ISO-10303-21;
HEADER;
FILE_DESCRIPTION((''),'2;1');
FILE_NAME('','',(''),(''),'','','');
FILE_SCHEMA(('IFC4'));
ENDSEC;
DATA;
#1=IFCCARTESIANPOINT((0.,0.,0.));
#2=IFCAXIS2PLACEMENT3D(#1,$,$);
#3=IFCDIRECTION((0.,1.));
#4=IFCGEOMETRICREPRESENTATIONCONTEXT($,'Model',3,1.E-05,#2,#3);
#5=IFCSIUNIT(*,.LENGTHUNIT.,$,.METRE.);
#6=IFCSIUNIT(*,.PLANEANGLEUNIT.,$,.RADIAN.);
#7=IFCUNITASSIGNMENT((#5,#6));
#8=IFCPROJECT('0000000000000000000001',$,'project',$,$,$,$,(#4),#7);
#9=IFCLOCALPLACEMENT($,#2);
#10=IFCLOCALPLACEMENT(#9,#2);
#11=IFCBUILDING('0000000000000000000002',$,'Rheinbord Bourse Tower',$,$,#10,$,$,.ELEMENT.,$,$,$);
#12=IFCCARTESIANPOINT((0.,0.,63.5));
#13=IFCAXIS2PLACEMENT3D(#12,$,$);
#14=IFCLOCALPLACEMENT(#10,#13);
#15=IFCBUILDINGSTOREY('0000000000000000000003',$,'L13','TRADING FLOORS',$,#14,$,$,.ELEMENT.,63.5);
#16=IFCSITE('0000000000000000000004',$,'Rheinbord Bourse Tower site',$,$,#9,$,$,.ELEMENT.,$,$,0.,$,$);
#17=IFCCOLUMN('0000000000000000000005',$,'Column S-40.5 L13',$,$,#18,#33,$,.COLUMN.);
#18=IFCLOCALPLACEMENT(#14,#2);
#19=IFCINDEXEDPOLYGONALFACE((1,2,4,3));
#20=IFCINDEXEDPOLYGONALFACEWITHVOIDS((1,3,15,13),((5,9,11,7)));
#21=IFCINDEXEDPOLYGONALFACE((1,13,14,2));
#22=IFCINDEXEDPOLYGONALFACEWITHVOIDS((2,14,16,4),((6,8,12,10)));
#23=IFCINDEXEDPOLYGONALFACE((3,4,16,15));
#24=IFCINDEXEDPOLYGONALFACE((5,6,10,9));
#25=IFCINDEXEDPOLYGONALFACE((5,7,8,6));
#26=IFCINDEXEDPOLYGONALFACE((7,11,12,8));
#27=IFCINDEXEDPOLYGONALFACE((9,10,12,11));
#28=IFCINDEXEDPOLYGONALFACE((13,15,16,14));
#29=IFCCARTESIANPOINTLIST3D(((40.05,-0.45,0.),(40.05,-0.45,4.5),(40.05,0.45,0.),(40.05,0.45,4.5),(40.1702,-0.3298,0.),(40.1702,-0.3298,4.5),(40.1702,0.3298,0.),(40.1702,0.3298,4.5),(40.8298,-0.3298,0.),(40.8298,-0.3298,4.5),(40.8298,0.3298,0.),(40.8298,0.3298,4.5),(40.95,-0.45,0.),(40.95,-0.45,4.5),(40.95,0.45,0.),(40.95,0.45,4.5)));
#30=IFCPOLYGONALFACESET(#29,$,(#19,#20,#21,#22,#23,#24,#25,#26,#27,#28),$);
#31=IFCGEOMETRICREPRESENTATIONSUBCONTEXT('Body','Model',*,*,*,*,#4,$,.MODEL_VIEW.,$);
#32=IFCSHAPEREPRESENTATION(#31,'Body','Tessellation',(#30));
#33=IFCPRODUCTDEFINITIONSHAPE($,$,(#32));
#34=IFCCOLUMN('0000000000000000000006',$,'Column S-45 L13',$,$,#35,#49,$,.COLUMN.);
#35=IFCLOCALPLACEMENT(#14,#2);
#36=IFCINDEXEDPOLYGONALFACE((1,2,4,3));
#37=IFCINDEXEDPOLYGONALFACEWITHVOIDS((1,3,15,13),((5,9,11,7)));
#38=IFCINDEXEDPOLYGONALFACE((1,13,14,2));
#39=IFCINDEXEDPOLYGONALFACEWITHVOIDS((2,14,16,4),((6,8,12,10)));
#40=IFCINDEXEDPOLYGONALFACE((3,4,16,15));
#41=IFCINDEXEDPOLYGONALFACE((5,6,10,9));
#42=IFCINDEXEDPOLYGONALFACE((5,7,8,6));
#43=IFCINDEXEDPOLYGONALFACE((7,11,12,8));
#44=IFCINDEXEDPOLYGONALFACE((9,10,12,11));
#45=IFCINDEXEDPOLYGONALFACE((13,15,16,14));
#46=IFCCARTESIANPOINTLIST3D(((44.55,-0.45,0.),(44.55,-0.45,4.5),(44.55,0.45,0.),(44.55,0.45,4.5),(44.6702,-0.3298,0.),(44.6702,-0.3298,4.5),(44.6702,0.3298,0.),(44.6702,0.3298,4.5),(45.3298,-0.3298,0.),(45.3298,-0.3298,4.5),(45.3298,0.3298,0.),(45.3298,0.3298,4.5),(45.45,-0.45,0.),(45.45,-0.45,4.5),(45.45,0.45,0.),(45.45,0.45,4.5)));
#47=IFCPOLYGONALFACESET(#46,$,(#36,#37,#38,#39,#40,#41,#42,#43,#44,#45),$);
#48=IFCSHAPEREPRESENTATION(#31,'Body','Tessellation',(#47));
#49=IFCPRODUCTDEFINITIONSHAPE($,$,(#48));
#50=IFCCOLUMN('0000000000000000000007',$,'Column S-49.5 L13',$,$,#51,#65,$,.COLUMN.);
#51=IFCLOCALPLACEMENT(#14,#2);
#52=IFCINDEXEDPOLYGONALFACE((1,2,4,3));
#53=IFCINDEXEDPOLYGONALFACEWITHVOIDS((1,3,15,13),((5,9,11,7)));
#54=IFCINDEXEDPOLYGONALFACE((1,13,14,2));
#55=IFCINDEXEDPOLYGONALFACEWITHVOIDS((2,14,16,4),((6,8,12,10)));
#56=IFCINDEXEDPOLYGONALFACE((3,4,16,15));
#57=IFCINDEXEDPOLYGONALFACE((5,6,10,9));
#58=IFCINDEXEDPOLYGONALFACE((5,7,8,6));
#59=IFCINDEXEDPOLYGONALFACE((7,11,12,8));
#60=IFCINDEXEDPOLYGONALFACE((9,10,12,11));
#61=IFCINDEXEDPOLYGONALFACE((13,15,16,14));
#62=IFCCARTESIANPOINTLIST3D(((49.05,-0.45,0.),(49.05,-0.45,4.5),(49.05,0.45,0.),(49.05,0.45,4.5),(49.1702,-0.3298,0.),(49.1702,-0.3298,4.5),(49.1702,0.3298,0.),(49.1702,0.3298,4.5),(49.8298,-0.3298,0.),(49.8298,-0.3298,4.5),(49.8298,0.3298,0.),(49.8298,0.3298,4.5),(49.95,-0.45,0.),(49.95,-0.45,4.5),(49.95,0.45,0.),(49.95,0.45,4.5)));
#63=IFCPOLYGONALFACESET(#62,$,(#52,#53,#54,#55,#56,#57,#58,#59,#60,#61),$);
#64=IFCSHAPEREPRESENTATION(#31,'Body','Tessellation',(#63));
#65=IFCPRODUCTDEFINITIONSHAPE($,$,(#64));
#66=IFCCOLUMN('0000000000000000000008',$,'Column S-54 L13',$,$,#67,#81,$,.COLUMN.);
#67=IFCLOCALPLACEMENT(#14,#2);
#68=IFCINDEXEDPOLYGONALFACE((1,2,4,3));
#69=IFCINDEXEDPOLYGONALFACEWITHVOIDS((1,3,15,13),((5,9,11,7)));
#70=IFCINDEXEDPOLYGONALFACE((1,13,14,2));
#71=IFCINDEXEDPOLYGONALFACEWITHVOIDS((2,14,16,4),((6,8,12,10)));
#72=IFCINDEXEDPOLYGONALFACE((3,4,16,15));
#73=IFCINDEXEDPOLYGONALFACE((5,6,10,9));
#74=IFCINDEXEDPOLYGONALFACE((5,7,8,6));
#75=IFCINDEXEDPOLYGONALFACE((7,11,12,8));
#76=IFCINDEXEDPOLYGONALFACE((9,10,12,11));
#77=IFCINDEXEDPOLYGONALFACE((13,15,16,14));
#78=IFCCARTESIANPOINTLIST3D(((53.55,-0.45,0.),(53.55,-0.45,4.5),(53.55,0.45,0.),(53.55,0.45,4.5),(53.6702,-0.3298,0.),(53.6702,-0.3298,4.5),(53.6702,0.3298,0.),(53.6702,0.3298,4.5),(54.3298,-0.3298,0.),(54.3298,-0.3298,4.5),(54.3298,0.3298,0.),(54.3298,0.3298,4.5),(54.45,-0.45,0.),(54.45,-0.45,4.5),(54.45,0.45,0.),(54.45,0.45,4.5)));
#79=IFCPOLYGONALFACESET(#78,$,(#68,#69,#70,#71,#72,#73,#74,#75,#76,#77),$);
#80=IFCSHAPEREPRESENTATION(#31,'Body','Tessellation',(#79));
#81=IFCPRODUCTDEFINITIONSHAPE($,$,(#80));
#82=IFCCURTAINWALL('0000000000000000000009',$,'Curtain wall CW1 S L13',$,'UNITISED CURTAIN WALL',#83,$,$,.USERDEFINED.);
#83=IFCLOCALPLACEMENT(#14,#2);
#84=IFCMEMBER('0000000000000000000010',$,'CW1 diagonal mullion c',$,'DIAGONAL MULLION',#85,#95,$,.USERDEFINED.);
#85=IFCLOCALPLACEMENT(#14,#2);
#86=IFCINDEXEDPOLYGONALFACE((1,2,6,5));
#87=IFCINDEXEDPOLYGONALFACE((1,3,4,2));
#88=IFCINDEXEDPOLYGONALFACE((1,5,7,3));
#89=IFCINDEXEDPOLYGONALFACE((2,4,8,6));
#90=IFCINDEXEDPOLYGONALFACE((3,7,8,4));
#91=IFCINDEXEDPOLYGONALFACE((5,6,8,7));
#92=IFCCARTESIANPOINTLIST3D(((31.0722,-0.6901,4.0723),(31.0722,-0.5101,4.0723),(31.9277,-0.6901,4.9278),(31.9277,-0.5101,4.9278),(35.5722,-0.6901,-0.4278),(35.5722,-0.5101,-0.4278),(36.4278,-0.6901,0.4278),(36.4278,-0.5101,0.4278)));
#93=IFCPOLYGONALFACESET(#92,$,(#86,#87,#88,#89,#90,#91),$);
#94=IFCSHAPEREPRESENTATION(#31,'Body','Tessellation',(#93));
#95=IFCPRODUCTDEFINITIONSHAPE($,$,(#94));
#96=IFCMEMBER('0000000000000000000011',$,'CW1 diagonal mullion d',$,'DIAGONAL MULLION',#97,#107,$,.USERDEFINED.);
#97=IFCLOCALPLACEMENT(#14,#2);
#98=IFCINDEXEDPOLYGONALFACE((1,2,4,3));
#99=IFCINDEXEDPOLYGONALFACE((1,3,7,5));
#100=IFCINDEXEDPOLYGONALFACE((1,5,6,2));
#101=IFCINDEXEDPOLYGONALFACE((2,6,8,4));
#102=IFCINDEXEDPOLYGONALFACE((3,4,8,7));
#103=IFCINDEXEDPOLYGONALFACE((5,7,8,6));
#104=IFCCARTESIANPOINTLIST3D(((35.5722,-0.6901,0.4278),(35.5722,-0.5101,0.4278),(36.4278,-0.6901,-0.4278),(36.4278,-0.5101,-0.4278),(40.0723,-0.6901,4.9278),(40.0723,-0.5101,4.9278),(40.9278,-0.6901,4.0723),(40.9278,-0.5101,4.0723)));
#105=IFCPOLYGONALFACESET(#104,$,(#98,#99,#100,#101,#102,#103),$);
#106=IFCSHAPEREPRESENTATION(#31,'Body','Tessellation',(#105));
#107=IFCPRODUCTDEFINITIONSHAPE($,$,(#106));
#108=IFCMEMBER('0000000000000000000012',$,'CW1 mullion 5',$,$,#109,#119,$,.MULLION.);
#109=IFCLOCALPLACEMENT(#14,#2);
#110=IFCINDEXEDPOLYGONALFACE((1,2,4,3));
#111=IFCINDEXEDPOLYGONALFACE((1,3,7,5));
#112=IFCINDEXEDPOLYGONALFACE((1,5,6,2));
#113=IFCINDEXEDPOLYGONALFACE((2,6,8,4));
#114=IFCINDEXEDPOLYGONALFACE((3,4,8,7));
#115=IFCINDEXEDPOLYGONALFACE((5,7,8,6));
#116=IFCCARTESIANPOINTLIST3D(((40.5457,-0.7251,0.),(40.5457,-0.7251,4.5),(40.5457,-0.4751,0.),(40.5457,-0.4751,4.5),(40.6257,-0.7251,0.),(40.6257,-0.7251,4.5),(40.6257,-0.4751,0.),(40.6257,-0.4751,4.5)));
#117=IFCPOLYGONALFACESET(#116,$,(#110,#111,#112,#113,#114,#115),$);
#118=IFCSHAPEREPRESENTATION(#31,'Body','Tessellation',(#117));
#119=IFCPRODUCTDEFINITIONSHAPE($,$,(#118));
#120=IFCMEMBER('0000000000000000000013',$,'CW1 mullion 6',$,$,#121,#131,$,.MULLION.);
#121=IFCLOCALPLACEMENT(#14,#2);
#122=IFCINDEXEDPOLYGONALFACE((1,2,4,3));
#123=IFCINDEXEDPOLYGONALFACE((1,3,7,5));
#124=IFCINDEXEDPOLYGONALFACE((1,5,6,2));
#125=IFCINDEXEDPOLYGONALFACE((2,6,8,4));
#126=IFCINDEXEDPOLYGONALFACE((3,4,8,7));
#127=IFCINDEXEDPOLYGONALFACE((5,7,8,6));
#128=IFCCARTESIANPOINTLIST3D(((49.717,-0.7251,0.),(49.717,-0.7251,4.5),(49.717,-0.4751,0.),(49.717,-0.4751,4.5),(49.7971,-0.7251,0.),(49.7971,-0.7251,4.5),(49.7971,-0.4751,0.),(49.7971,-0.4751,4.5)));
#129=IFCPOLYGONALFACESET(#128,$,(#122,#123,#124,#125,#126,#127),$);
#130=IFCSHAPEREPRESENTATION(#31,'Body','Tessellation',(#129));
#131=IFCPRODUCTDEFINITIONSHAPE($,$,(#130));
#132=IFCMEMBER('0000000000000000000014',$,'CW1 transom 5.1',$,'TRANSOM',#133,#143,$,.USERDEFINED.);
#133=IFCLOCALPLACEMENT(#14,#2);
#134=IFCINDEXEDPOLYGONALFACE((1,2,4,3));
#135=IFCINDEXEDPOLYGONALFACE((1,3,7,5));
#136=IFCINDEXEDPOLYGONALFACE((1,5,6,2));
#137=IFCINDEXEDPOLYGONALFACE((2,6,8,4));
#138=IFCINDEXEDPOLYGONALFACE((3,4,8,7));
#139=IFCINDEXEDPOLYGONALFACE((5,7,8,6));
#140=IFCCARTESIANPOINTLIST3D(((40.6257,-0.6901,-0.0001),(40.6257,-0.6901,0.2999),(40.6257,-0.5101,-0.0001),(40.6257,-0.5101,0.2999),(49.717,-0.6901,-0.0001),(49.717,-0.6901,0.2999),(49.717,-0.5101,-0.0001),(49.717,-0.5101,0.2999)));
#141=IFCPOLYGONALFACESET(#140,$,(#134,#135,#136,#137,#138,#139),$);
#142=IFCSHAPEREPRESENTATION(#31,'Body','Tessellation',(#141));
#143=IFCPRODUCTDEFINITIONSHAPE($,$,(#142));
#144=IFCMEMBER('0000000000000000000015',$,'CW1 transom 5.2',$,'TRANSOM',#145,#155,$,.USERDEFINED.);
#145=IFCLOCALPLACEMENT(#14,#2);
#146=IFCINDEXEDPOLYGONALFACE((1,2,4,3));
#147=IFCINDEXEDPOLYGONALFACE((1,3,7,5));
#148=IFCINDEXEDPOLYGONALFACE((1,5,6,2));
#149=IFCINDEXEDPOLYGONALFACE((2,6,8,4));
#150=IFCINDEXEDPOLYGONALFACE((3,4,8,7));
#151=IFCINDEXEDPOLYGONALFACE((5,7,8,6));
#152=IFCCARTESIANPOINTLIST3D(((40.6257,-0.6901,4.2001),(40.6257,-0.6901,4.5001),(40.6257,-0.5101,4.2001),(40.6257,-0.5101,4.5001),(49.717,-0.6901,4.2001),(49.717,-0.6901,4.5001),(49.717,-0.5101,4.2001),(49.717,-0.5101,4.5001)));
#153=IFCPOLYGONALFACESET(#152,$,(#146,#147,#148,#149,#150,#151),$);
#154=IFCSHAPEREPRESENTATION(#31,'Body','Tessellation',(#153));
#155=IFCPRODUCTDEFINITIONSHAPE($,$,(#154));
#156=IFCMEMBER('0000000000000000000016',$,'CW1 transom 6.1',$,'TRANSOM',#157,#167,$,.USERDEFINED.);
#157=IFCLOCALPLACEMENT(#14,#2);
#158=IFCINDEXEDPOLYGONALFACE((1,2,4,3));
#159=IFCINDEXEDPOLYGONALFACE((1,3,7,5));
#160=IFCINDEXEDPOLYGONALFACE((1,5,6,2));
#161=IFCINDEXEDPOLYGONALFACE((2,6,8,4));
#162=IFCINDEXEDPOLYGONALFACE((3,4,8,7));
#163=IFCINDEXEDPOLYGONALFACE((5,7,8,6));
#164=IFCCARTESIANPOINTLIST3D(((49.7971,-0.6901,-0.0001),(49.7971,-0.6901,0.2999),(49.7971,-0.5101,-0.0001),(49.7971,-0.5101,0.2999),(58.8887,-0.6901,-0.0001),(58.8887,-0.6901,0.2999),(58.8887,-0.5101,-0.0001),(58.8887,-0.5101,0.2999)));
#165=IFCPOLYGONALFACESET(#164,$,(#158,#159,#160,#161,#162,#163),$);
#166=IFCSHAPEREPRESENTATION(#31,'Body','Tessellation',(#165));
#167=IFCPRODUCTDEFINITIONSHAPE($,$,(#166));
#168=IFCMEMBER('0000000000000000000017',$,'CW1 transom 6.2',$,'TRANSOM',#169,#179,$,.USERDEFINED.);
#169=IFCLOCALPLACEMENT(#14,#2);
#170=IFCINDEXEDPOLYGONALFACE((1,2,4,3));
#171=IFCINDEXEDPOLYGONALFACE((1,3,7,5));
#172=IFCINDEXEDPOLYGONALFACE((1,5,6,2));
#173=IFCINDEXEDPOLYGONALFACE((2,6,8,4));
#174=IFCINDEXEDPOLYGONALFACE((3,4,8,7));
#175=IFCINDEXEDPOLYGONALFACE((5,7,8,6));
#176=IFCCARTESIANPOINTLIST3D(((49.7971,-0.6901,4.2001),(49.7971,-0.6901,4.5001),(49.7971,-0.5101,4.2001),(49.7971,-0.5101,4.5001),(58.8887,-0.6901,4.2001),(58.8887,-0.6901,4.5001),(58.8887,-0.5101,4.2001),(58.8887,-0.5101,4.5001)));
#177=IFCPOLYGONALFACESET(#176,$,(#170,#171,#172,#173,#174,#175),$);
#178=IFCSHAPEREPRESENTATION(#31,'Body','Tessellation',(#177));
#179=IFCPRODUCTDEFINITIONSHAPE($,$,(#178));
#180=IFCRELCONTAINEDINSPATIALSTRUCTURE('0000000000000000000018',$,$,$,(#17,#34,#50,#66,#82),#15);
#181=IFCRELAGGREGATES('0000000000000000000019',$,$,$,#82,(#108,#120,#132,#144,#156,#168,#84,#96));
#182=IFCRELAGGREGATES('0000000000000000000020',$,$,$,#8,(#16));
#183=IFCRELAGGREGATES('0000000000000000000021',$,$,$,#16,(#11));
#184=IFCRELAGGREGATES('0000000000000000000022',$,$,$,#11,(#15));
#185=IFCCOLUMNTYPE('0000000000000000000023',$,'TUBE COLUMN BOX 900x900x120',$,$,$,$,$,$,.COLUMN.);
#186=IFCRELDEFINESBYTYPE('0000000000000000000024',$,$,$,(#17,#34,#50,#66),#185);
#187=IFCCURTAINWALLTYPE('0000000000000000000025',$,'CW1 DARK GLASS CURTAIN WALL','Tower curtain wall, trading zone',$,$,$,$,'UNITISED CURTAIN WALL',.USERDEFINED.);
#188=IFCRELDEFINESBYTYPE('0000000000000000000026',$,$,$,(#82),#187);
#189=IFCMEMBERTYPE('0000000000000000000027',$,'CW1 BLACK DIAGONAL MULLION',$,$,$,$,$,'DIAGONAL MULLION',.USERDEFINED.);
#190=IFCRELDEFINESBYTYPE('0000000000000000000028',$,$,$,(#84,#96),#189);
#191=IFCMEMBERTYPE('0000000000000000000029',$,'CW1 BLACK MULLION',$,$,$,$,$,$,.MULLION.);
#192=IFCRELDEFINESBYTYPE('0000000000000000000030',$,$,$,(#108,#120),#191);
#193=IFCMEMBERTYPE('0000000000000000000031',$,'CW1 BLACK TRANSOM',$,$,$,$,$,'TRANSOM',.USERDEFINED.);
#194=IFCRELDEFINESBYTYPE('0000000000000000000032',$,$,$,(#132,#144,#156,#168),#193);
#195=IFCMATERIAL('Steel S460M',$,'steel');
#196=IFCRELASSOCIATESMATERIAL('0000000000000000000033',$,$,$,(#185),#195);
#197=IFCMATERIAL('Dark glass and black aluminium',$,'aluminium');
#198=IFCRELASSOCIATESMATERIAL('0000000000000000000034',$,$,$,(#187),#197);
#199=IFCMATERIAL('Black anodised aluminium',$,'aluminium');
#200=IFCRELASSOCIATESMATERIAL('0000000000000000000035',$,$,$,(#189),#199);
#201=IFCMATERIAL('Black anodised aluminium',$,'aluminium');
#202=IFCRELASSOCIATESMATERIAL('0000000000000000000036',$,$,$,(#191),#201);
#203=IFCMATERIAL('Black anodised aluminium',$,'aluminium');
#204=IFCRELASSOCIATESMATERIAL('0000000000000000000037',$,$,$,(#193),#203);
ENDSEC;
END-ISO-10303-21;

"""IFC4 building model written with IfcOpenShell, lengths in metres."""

from ifc_helpers import new_model, si_unit, direction, frame, origin, origin_2d, place, context, subcontext, project, spatial, rectangle, hollow_rectangle, extrude, material, material_profile, profile_set, type_object, element, aggregate, save


model = new_model("IFC4")

# Units and contexts
model_context = context("Model", 3, precision=1e-05, world=origin(), true_north=direction((0.0, 1.0)))
body_context = subcontext(model_context, "Body", "Model", "MODEL_VIEW")
ifc_project = project(units=[si_unit("LENGTHUNIT", "METRE"), si_unit("PLANEANGLEUNIT", "RADIAN")], contexts=[model_context])

# Site, building, storey
site_placement = place(None, origin())
site = spatial("IfcSite", under=ifc_project, at=site_placement, Name="Rheinbord Bourse Tower site", CompositionType="ELEMENT", RefElevation=0.0)
building_placement = place(site_placement, origin())
building = spatial("IfcBuilding", under=site, at=building_placement, Name="Rheinbord Bourse Tower", CompositionType="ELEMENT")
storey_placement = place(building_placement, frame((0.0, 0.0, 63.5)))
storey = spatial("IfcBuildingStorey", under=building, at=storey_placement, Name="L13", Description="TRADING FLOORS", CompositionType="ELEMENT", Elevation=63.5)

# Columns
ifc_material_1 = material(Name="Steel S460M", Category="steel")
ifc_material_profile_1 = material_profile(ifc_material_1, hollow_rectangle(XDim=0.8999, YDim=0.8999, WallThickness=0.1201, at=origin_2d()), Name="BOX 900x900x120")
ifc_profile_set_1 = profile_set([ifc_material_profile_1], Name="Steel S460M")
column_type = type_object("IfcColumnType", Name="TUBE COLUMN BOX 900x900x120", PredefinedType="COLUMN", material=ifc_profile_set_1)
for number, where, z_axis, x_axis, name in (
    (1, (40.5, 0.0, 0.0), (0.0, 0.0, 1.0), (0.0, 1.0, 0.0), "Column S-40.5 L13"),
    (2, (45.0, 0.0, 0.0), (0.0, 0.0, 1.0), (0.0, 1.0, 0.0), "Column S-45 L13"),
    (3, (49.5, 0.0, 0.0), (0.0, 0.0, 1.0), (0.0, 1.0, 0.0), "Column S-49.5 L13"),
    (4, (54.0, 0.0, 0.0), (0.0, 0.0, 1.0), (0.0, 1.0, 0.0), "Column S-54 L13"),
):
    element("IfcColumn", number, at=place(storey_placement, frame(where, z_axis=z_axis, x_axis=x_axis)), inside=storey, type_object=column_type, Name=name, PredefinedType="COLUMN", context=body_context, shape_type="SweptSolid", body=[
        extrude(hollow_rectangle(XDim=0.8999, YDim=0.8999, WallThickness=0.1201, at=origin_2d()), origin(), (0.0, 0.0, 1.0), 4.5),
    ])

# Curtain wall, members
ifc_material_2 = material(Name="Dark glass and black aluminium", Category="aluminium")
curtain_wall_type = type_object("IfcCurtainWallType", Name="CW1 DARK GLASS CURTAIN WALL", Description="Tower curtain wall, trading zone", ElementType="UNITISED CURTAIN WALL", PredefinedType="USERDEFINED", material=ifc_material_2)
curtain_wall_placement = place(storey_placement, origin())
curtain_wall = element("IfcCurtainWall", 5, at=curtain_wall_placement, inside=storey, type_object=curtain_wall_type, Name="Curtain wall CW1 S L13", ObjectType="UNITISED CURTAIN WALL", PredefinedType="USERDEFINED")
ifc_material_3 = material(Name="Black anodised aluminium", Category="aluminium")
ifc_material_profile_2 = material_profile(ifc_material_3, rectangle(XDim=0.1799, YDim=1.21, at=origin_2d()), Name="CW1 DIAGONAL MULLION 1210x180")
ifc_profile_set_2 = profile_set([ifc_material_profile_2], Name="Black anodised aluminium")
member_type_1 = type_object("IfcMemberType", Name="CW1 BLACK DIAGONAL MULLION", ElementType="DIAGONAL MULLION", PredefinedType="USERDEFINED", material=ifc_profile_set_2)
member_1_placement = place(storey_placement, frame((36.0, -0.6001, 0.0), z_axis=(-0.707107, 0.0, 0.707107), x_axis=(0.0, -1.0, 0.0)))
member_1 = element("IfcMember", 6, at=member_1_placement, type_object=member_type_1, Name="CW1 diagonal mullion c", ObjectType="DIAGONAL MULLION", PredefinedType="USERDEFINED", context=body_context, shape_type="SweptSolid", body=[
    extrude(rectangle(XDim=0.1799, YDim=1.21, at=origin_2d()), origin(), (0.0, 0.0, 1.0), 6.364),
])
member_2_placement = place(storey_placement, frame((36.0, -0.6001, 0.0), z_axis=(0.707107, 0.0, 0.707107), x_axis=(0.0, 1.0, 0.0)))
member_2 = element("IfcMember", 7, at=member_2_placement, type_object=member_type_1, Name="CW1 diagonal mullion d", ObjectType="DIAGONAL MULLION", PredefinedType="USERDEFINED", context=body_context, shape_type="SweptSolid", body=[
    extrude(rectangle(XDim=0.1799, YDim=1.21, at=origin_2d()), origin(), (0.0, 0.0, 1.0), 6.364),
])
ifc_material_4 = material(Name="Black anodised aluminium", Category="aluminium")
ifc_material_profile_3 = material_profile(ifc_material_4, rectangle(XDim=0.25, YDim=0.0801, at=origin_2d()), Name="CW1 MULLION 80x250")
ifc_profile_set_3 = profile_set([ifc_material_profile_3], Name="Black anodised aluminium")
member_type_2 = type_object("IfcMemberType", Name="CW1 BLACK MULLION", PredefinedType="MULLION", material=ifc_profile_set_3)
member_3_placement = place(storey_placement, frame((40.5857, -0.6001, 0.0), z_axis=(0.0, 0.0, 1.0), x_axis=(0.0, 1.0, 0.0)))
member_3 = element("IfcMember", 8, at=member_3_placement, type_object=member_type_2, Name="CW1 mullion 5", PredefinedType="MULLION", context=body_context, shape_type="SweptSolid", body=[
    extrude(rectangle(XDim=0.25, YDim=0.0801, at=origin_2d()), origin(), (0.0, 0.0, 1.0), 4.5),
])
member_4_placement = place(storey_placement, frame((49.7571, -0.6001, 0.0), z_axis=(0.0, 0.0, 1.0), x_axis=(0.0, 1.0, 0.0)))
member_4 = element("IfcMember", 9, at=member_4_placement, type_object=member_type_2, Name="CW1 mullion 6", PredefinedType="MULLION", context=body_context, shape_type="SweptSolid", body=[
    extrude(rectangle(XDim=0.25, YDim=0.0801, at=origin_2d()), origin(), (0.0, 0.0, 1.0), 4.5),
])
ifc_material_5 = material(Name="Black anodised aluminium", Category="aluminium")
ifc_material_profile_4 = material_profile(ifc_material_5, rectangle(XDim=0.1799, YDim=0.3, at=origin_2d()), Name="CW1 TRANSOM 300x180")
ifc_profile_set_4 = profile_set([ifc_material_profile_4], Name="Black anodised aluminium")
member_type_3 = type_object("IfcMemberType", Name="CW1 BLACK TRANSOM", ElementType="TRANSOM", PredefinedType="USERDEFINED", material=ifc_profile_set_4)
member_5_placement = place(storey_placement, frame((40.6257, -0.6001, 0.1499), z_axis=(1.0, 0.0, 0.0), x_axis=(0.0, 1.0, 0.0)))
member_5 = element("IfcMember", 10, at=member_5_placement, type_object=member_type_3, Name="CW1 transom 5.1", ObjectType="TRANSOM", PredefinedType="USERDEFINED", context=body_context, shape_type="SweptSolid", body=[
    extrude(rectangle(XDim=0.1799, YDim=0.3, at=origin_2d()), origin(), (0.0, 0.0, 1.0), 9.0913),
])
member_6_placement = place(storey_placement, frame((40.6257, -0.6001, 4.3501), z_axis=(1.0, 0.0, 0.0), x_axis=(0.0, 1.0, 0.0)))
member_6 = element("IfcMember", 11, at=member_6_placement, type_object=member_type_3, Name="CW1 transom 5.2", ObjectType="TRANSOM", PredefinedType="USERDEFINED", context=body_context, shape_type="SweptSolid", body=[
    extrude(rectangle(XDim=0.1799, YDim=0.3, at=origin_2d()), origin(), (0.0, 0.0, 1.0), 9.0913),
])
member_7_placement = place(storey_placement, frame((49.7971, -0.6001, 0.1499), z_axis=(1.0, 0.0, 0.0), x_axis=(0.0, 1.0, 0.0)))
member_7 = element("IfcMember", 12, at=member_7_placement, type_object=member_type_3, Name="CW1 transom 6.1", ObjectType="TRANSOM", PredefinedType="USERDEFINED", context=body_context, shape_type="SweptSolid", body=[
    extrude(rectangle(XDim=0.1799, YDim=0.3, at=origin_2d()), origin(), (0.0, 0.0, 1.0), 9.0916),
])
member_8_placement = place(storey_placement, frame((49.7971, -0.6001, 4.3501), z_axis=(1.0, 0.0, 0.0), x_axis=(0.0, 1.0, 0.0)))
member_8 = element("IfcMember", 13, at=member_8_placement, type_object=member_type_3, Name="CW1 transom 6.2", ObjectType="TRANSOM", PredefinedType="USERDEFINED", context=body_context, shape_type="SweptSolid", body=[
    extrude(rectangle(XDim=0.1799, YDim=0.3, at=origin_2d()), origin(), (0.0, 0.0, 1.0), 9.0916),
])

aggregate(curtain_wall, [member_3, member_4, member_5, member_6, member_7, member_8, member_1, member_2])

save(model, "model.ifc")
